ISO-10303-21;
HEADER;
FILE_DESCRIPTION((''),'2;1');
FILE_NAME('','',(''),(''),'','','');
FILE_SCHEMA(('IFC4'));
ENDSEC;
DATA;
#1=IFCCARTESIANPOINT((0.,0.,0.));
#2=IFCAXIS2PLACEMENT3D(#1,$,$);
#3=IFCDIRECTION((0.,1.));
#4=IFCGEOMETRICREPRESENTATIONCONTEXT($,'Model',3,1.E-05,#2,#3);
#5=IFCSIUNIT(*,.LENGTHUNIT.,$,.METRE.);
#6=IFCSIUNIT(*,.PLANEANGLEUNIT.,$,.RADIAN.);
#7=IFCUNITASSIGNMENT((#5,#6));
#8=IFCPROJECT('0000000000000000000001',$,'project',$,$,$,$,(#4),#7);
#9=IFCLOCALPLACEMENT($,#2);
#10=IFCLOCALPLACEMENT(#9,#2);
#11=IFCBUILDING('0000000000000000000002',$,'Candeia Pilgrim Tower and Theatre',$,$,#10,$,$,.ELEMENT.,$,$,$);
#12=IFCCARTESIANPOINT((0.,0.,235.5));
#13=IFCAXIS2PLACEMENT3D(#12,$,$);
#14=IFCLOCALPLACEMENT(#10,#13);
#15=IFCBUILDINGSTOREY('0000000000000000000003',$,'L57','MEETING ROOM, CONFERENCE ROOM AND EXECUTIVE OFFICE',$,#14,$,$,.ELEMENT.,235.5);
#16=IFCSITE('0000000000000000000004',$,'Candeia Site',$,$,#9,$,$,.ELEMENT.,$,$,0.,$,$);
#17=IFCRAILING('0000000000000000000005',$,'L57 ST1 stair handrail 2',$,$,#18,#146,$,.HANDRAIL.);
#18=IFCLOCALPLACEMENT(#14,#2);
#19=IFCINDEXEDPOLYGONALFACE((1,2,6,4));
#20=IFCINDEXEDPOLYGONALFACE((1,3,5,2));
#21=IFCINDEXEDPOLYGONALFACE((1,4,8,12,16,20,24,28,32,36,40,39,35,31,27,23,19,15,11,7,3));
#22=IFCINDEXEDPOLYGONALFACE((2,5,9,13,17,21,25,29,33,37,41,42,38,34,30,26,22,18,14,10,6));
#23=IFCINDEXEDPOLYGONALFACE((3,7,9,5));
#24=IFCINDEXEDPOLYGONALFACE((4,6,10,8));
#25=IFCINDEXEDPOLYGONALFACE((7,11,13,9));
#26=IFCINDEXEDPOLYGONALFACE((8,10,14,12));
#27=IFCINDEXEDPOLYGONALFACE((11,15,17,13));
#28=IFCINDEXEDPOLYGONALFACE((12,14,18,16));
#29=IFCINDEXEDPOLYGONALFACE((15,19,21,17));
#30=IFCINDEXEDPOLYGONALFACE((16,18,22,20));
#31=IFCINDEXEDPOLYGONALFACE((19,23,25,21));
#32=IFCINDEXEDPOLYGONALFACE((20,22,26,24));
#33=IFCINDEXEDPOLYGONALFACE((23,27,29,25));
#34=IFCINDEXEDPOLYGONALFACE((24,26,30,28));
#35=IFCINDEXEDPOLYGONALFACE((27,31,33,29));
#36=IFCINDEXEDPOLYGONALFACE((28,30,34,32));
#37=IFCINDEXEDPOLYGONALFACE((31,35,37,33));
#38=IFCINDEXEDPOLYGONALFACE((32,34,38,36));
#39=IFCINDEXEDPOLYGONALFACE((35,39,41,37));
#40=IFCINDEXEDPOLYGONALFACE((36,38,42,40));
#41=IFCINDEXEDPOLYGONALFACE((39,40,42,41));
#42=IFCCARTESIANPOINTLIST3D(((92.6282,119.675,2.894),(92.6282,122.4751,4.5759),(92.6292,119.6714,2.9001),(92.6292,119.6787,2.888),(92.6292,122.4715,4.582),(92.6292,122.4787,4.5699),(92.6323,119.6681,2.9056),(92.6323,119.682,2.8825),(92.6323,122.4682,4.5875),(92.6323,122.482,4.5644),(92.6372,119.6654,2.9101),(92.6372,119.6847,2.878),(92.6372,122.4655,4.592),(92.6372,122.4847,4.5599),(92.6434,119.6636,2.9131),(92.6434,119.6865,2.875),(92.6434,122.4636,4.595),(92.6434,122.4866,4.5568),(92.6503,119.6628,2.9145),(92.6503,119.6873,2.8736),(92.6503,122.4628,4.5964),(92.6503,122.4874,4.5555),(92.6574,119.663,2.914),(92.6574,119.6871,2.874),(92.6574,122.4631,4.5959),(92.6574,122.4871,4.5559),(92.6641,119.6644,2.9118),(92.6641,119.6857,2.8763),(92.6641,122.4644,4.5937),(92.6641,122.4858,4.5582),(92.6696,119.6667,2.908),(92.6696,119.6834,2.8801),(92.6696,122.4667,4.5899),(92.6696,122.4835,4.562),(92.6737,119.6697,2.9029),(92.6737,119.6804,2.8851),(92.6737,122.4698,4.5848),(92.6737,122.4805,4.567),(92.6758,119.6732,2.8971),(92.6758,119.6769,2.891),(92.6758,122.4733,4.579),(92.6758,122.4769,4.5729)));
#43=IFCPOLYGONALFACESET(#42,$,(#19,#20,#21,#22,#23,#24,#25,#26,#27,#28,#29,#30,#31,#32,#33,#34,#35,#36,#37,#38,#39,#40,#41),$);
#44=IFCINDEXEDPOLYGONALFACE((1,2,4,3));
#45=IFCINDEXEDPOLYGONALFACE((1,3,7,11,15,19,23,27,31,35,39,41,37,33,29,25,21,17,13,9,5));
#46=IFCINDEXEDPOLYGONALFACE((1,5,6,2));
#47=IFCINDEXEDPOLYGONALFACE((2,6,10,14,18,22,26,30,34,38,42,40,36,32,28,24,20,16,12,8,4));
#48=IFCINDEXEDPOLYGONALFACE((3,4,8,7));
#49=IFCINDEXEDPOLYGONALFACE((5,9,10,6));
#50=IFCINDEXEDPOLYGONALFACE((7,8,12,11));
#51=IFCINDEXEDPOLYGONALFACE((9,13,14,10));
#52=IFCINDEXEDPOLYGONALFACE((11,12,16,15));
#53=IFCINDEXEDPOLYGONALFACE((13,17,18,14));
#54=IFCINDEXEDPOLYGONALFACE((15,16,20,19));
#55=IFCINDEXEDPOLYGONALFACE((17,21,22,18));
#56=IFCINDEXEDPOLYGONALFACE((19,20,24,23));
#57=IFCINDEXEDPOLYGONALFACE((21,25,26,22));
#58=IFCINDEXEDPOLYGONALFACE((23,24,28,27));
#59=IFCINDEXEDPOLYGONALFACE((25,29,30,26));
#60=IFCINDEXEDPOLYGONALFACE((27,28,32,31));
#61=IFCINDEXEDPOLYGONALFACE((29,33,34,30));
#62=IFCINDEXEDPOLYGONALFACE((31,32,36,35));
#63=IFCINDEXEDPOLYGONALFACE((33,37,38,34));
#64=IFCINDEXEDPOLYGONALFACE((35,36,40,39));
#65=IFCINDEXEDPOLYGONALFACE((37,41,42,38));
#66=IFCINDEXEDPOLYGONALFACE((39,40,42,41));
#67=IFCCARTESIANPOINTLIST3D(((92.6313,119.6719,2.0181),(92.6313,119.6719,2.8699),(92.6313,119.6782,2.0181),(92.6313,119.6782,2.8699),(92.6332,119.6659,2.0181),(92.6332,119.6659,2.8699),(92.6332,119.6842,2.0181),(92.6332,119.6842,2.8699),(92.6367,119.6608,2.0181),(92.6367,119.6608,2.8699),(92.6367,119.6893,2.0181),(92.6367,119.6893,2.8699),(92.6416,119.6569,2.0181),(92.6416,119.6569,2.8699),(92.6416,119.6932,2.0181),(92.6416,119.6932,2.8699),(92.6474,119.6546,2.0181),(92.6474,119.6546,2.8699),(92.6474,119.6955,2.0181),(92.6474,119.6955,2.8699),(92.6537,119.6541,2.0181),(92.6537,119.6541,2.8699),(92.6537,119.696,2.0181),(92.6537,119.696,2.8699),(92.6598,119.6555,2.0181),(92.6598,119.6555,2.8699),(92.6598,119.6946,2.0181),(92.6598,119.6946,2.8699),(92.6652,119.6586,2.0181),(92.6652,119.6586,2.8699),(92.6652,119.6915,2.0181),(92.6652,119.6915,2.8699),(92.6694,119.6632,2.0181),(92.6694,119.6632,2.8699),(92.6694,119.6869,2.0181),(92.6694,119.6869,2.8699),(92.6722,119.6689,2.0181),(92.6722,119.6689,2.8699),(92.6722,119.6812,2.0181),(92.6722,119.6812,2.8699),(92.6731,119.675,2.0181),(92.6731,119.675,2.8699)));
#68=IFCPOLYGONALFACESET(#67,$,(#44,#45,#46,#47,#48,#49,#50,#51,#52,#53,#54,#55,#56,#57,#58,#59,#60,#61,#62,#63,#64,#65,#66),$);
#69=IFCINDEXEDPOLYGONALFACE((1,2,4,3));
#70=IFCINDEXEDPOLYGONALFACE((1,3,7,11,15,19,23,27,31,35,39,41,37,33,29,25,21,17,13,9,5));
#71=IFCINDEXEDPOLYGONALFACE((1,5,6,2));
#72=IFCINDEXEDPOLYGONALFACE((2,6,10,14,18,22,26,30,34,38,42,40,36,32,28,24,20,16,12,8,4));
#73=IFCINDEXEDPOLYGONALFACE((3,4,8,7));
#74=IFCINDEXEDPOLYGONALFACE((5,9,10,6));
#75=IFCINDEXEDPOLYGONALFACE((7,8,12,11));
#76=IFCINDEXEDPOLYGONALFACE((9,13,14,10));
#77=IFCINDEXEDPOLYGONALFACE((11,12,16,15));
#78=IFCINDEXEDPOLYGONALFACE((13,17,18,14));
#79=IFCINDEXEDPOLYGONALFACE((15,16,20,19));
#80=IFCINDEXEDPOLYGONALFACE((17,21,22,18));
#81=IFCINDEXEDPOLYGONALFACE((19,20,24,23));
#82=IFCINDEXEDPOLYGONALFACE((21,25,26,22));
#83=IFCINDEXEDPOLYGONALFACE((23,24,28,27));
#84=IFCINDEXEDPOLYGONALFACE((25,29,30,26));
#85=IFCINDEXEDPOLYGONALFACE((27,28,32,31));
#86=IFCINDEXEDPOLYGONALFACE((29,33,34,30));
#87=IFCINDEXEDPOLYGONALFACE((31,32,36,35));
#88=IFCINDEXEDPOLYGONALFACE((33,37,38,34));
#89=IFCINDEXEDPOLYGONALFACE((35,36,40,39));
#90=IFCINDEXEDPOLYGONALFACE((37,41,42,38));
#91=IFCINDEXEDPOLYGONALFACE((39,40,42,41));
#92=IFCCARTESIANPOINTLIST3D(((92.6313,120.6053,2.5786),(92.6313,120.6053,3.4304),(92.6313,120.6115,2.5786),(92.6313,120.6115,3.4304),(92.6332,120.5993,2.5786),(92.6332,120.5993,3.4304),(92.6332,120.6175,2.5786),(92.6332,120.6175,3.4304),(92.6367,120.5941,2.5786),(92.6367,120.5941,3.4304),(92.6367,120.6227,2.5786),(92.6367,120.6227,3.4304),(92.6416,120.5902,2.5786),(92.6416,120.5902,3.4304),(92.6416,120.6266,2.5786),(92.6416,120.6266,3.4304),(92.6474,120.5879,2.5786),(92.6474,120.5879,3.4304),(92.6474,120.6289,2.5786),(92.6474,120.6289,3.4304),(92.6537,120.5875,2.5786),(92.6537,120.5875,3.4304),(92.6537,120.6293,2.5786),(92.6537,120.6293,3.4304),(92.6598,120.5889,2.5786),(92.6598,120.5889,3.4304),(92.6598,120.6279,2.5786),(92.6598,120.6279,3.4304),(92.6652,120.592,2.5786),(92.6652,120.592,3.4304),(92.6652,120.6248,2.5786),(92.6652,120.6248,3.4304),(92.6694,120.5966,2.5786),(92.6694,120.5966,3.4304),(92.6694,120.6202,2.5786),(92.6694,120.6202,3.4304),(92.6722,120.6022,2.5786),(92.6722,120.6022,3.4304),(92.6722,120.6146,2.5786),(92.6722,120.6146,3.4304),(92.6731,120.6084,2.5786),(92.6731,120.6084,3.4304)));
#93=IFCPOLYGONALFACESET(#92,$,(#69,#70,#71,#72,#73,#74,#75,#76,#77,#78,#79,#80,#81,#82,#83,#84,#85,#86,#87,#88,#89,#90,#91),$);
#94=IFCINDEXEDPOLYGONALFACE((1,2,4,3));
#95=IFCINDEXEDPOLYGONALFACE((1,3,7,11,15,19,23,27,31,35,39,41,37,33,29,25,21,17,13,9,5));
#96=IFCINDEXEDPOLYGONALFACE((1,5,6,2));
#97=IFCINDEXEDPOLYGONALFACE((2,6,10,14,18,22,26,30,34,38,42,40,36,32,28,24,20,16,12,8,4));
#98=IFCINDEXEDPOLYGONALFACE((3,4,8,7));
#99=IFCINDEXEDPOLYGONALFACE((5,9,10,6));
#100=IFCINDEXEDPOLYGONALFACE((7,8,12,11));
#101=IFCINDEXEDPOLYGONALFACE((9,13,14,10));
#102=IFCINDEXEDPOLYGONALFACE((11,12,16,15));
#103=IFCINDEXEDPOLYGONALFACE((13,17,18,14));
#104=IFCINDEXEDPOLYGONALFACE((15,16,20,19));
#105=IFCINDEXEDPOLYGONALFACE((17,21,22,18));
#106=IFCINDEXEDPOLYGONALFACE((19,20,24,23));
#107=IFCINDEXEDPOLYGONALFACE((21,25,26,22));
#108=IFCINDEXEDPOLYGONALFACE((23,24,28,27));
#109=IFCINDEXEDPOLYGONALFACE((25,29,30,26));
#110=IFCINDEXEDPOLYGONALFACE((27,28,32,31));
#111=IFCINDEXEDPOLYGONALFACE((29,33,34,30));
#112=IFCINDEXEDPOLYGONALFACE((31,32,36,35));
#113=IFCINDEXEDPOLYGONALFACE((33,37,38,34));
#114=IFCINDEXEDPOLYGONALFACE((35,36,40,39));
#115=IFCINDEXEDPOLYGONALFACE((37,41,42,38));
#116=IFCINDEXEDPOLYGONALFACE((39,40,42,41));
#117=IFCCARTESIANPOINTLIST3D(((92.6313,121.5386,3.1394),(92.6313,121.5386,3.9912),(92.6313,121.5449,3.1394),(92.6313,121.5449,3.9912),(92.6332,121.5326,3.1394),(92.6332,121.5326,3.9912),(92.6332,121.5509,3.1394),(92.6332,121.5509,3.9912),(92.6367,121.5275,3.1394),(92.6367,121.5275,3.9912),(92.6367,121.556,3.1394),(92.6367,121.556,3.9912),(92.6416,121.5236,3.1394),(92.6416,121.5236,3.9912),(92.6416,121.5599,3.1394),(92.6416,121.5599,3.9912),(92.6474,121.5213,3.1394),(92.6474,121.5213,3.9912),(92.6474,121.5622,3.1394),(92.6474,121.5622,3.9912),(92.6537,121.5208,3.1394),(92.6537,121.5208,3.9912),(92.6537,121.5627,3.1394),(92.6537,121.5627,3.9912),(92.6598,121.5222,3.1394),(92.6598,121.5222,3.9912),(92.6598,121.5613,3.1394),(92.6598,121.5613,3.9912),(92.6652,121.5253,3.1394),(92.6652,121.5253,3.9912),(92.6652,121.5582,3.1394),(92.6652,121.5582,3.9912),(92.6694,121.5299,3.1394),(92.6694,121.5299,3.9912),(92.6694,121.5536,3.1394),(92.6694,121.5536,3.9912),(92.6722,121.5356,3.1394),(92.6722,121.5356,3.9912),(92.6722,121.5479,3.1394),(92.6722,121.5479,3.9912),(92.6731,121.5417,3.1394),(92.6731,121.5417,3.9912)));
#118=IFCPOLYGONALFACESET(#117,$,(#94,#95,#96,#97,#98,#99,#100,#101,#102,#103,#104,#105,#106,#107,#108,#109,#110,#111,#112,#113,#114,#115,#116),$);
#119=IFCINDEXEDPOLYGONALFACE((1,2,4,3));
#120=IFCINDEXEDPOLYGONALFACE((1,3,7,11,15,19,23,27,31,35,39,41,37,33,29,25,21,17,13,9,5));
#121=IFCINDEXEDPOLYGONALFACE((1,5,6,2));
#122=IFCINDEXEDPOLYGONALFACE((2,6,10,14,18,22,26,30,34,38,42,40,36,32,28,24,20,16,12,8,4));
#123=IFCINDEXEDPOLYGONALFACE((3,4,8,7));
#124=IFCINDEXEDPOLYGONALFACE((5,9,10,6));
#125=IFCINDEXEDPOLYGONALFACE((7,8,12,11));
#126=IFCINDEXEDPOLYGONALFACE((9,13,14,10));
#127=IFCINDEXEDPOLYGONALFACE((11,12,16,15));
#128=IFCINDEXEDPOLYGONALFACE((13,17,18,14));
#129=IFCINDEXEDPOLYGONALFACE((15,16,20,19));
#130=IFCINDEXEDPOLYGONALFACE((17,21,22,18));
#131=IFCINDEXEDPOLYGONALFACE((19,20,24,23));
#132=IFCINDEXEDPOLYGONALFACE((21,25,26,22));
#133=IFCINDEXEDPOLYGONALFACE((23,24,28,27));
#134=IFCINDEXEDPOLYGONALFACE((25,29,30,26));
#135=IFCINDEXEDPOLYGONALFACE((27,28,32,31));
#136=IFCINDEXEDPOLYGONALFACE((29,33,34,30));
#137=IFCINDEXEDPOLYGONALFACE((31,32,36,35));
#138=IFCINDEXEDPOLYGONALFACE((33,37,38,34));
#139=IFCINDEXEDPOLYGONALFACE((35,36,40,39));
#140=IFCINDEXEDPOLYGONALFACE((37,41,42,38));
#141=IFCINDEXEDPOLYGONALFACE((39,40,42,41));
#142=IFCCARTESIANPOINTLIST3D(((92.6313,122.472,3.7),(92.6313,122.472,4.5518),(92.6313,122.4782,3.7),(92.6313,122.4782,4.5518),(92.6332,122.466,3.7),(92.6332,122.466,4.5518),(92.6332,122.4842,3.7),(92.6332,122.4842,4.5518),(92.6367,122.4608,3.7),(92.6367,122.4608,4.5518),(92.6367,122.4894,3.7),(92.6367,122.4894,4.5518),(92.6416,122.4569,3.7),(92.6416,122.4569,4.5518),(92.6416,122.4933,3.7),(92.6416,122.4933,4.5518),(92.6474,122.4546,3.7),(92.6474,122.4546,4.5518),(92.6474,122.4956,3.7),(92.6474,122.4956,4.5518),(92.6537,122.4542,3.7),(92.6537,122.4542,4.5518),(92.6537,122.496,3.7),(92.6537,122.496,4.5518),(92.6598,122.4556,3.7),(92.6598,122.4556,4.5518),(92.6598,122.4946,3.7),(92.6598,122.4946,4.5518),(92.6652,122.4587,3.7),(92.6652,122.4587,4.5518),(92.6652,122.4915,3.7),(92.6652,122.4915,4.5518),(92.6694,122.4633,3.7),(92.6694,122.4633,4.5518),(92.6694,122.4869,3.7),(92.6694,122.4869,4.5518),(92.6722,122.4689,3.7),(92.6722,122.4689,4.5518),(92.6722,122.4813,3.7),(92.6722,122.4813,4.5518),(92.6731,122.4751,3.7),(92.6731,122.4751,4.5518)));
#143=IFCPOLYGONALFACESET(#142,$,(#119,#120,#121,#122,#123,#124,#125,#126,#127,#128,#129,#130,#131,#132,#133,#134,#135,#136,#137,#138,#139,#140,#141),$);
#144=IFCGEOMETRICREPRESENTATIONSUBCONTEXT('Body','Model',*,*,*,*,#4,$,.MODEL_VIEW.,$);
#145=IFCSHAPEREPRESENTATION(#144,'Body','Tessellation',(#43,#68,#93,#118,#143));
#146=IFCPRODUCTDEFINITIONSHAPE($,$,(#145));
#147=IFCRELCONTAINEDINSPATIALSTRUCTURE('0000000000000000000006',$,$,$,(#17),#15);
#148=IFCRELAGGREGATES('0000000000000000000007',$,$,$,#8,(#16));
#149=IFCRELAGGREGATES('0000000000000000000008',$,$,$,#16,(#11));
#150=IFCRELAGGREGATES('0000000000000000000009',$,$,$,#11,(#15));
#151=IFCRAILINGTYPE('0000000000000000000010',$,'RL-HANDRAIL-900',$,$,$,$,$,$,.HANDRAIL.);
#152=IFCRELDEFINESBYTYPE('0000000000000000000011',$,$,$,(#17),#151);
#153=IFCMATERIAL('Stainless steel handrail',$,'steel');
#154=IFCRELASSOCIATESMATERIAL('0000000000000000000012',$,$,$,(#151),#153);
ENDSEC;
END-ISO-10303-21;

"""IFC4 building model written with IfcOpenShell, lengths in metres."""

from ifc_helpers import new_model, si_unit, direction, frame, origin, origin_2d, place, context, subcontext, project, spatial, circle, extrude, material, type_object, element, save


model = new_model("IFC4")

# Units and contexts
model_context = context("Model", 3, precision=1e-05, world=origin(), true_north=direction((0.0, 1.0)))
body_context = subcontext(model_context, "Body", "Model", "MODEL_VIEW")
ifc_project = project(units=[si_unit("LENGTHUNIT", "METRE"), si_unit("PLANEANGLEUNIT", "RADIAN")], contexts=[model_context])

# Site, building, storey
site_placement = place(None, origin())
site = spatial("IfcSite", under=ifc_project, at=site_placement, Name="Candeia Site", CompositionType="ELEMENT", RefElevation=0.0)
building_placement = place(site_placement, origin())
building = spatial("IfcBuilding", under=site, at=building_placement, Name="Candeia Pilgrim Tower and Theatre", CompositionType="ELEMENT")
storey_placement = place(building_placement, frame((0.0, 0.0, 235.5)))
storey = spatial("IfcBuildingStorey", under=building, at=storey_placement, Name="L57", Description="MEETING ROOM, CONFERENCE ROOM AND EXECUTIVE OFFICE", CompositionType="ELEMENT", Elevation=235.5)

# Railing
ifc_material_1 = material(Name="Stainless steel handrail", Category="steel")
railing_type = type_object("IfcRailingType", Name="RL-HANDRAIL-900", PredefinedType="HANDRAIL", material=ifc_material_1)
for number, where, name in (
    (1, (92.6521, 119.675, 2.0181), "L57 ST1 stair handrail 2"),
):
    element("IfcRailing", number, at=place(storey_placement, frame(where)), inside=storey, type_object=railing_type, Name=name, PredefinedType="HANDRAIL", context=body_context, shape_type="SweptSolid", body=[
        extrude(circle(Radius=0.0239, at=origin_2d()), frame((0.0, 0.0, 0.876), z_axis=(0.0, 0.857242, 0.514913), x_axis=(-1.0, 0.0, 0.0)), (0.0, 0.0, 1.0), 3.2664),
        extrude(circle(Radius=0.021, at=origin_2d()), origin(), (0.0, 0.0, 1.0), 0.8518),
        extrude(circle(Radius=0.021, at=origin_2d()), frame((0.0, 0.9333, 0.5605)), (0.0, 0.0, 1.0), 0.8518),
        extrude(circle(Radius=0.021, at=origin_2d()), frame((0.0, 1.8667, 1.1213)), (0.0, 0.0, 1.0), 0.8518),
        extrude(circle(Radius=0.021, at=origin_2d()), frame((0.0, 2.8, 1.6819)), (0.0, 0.0, 1.0), 0.8518),
    ])

save(model, "model.ifc")
